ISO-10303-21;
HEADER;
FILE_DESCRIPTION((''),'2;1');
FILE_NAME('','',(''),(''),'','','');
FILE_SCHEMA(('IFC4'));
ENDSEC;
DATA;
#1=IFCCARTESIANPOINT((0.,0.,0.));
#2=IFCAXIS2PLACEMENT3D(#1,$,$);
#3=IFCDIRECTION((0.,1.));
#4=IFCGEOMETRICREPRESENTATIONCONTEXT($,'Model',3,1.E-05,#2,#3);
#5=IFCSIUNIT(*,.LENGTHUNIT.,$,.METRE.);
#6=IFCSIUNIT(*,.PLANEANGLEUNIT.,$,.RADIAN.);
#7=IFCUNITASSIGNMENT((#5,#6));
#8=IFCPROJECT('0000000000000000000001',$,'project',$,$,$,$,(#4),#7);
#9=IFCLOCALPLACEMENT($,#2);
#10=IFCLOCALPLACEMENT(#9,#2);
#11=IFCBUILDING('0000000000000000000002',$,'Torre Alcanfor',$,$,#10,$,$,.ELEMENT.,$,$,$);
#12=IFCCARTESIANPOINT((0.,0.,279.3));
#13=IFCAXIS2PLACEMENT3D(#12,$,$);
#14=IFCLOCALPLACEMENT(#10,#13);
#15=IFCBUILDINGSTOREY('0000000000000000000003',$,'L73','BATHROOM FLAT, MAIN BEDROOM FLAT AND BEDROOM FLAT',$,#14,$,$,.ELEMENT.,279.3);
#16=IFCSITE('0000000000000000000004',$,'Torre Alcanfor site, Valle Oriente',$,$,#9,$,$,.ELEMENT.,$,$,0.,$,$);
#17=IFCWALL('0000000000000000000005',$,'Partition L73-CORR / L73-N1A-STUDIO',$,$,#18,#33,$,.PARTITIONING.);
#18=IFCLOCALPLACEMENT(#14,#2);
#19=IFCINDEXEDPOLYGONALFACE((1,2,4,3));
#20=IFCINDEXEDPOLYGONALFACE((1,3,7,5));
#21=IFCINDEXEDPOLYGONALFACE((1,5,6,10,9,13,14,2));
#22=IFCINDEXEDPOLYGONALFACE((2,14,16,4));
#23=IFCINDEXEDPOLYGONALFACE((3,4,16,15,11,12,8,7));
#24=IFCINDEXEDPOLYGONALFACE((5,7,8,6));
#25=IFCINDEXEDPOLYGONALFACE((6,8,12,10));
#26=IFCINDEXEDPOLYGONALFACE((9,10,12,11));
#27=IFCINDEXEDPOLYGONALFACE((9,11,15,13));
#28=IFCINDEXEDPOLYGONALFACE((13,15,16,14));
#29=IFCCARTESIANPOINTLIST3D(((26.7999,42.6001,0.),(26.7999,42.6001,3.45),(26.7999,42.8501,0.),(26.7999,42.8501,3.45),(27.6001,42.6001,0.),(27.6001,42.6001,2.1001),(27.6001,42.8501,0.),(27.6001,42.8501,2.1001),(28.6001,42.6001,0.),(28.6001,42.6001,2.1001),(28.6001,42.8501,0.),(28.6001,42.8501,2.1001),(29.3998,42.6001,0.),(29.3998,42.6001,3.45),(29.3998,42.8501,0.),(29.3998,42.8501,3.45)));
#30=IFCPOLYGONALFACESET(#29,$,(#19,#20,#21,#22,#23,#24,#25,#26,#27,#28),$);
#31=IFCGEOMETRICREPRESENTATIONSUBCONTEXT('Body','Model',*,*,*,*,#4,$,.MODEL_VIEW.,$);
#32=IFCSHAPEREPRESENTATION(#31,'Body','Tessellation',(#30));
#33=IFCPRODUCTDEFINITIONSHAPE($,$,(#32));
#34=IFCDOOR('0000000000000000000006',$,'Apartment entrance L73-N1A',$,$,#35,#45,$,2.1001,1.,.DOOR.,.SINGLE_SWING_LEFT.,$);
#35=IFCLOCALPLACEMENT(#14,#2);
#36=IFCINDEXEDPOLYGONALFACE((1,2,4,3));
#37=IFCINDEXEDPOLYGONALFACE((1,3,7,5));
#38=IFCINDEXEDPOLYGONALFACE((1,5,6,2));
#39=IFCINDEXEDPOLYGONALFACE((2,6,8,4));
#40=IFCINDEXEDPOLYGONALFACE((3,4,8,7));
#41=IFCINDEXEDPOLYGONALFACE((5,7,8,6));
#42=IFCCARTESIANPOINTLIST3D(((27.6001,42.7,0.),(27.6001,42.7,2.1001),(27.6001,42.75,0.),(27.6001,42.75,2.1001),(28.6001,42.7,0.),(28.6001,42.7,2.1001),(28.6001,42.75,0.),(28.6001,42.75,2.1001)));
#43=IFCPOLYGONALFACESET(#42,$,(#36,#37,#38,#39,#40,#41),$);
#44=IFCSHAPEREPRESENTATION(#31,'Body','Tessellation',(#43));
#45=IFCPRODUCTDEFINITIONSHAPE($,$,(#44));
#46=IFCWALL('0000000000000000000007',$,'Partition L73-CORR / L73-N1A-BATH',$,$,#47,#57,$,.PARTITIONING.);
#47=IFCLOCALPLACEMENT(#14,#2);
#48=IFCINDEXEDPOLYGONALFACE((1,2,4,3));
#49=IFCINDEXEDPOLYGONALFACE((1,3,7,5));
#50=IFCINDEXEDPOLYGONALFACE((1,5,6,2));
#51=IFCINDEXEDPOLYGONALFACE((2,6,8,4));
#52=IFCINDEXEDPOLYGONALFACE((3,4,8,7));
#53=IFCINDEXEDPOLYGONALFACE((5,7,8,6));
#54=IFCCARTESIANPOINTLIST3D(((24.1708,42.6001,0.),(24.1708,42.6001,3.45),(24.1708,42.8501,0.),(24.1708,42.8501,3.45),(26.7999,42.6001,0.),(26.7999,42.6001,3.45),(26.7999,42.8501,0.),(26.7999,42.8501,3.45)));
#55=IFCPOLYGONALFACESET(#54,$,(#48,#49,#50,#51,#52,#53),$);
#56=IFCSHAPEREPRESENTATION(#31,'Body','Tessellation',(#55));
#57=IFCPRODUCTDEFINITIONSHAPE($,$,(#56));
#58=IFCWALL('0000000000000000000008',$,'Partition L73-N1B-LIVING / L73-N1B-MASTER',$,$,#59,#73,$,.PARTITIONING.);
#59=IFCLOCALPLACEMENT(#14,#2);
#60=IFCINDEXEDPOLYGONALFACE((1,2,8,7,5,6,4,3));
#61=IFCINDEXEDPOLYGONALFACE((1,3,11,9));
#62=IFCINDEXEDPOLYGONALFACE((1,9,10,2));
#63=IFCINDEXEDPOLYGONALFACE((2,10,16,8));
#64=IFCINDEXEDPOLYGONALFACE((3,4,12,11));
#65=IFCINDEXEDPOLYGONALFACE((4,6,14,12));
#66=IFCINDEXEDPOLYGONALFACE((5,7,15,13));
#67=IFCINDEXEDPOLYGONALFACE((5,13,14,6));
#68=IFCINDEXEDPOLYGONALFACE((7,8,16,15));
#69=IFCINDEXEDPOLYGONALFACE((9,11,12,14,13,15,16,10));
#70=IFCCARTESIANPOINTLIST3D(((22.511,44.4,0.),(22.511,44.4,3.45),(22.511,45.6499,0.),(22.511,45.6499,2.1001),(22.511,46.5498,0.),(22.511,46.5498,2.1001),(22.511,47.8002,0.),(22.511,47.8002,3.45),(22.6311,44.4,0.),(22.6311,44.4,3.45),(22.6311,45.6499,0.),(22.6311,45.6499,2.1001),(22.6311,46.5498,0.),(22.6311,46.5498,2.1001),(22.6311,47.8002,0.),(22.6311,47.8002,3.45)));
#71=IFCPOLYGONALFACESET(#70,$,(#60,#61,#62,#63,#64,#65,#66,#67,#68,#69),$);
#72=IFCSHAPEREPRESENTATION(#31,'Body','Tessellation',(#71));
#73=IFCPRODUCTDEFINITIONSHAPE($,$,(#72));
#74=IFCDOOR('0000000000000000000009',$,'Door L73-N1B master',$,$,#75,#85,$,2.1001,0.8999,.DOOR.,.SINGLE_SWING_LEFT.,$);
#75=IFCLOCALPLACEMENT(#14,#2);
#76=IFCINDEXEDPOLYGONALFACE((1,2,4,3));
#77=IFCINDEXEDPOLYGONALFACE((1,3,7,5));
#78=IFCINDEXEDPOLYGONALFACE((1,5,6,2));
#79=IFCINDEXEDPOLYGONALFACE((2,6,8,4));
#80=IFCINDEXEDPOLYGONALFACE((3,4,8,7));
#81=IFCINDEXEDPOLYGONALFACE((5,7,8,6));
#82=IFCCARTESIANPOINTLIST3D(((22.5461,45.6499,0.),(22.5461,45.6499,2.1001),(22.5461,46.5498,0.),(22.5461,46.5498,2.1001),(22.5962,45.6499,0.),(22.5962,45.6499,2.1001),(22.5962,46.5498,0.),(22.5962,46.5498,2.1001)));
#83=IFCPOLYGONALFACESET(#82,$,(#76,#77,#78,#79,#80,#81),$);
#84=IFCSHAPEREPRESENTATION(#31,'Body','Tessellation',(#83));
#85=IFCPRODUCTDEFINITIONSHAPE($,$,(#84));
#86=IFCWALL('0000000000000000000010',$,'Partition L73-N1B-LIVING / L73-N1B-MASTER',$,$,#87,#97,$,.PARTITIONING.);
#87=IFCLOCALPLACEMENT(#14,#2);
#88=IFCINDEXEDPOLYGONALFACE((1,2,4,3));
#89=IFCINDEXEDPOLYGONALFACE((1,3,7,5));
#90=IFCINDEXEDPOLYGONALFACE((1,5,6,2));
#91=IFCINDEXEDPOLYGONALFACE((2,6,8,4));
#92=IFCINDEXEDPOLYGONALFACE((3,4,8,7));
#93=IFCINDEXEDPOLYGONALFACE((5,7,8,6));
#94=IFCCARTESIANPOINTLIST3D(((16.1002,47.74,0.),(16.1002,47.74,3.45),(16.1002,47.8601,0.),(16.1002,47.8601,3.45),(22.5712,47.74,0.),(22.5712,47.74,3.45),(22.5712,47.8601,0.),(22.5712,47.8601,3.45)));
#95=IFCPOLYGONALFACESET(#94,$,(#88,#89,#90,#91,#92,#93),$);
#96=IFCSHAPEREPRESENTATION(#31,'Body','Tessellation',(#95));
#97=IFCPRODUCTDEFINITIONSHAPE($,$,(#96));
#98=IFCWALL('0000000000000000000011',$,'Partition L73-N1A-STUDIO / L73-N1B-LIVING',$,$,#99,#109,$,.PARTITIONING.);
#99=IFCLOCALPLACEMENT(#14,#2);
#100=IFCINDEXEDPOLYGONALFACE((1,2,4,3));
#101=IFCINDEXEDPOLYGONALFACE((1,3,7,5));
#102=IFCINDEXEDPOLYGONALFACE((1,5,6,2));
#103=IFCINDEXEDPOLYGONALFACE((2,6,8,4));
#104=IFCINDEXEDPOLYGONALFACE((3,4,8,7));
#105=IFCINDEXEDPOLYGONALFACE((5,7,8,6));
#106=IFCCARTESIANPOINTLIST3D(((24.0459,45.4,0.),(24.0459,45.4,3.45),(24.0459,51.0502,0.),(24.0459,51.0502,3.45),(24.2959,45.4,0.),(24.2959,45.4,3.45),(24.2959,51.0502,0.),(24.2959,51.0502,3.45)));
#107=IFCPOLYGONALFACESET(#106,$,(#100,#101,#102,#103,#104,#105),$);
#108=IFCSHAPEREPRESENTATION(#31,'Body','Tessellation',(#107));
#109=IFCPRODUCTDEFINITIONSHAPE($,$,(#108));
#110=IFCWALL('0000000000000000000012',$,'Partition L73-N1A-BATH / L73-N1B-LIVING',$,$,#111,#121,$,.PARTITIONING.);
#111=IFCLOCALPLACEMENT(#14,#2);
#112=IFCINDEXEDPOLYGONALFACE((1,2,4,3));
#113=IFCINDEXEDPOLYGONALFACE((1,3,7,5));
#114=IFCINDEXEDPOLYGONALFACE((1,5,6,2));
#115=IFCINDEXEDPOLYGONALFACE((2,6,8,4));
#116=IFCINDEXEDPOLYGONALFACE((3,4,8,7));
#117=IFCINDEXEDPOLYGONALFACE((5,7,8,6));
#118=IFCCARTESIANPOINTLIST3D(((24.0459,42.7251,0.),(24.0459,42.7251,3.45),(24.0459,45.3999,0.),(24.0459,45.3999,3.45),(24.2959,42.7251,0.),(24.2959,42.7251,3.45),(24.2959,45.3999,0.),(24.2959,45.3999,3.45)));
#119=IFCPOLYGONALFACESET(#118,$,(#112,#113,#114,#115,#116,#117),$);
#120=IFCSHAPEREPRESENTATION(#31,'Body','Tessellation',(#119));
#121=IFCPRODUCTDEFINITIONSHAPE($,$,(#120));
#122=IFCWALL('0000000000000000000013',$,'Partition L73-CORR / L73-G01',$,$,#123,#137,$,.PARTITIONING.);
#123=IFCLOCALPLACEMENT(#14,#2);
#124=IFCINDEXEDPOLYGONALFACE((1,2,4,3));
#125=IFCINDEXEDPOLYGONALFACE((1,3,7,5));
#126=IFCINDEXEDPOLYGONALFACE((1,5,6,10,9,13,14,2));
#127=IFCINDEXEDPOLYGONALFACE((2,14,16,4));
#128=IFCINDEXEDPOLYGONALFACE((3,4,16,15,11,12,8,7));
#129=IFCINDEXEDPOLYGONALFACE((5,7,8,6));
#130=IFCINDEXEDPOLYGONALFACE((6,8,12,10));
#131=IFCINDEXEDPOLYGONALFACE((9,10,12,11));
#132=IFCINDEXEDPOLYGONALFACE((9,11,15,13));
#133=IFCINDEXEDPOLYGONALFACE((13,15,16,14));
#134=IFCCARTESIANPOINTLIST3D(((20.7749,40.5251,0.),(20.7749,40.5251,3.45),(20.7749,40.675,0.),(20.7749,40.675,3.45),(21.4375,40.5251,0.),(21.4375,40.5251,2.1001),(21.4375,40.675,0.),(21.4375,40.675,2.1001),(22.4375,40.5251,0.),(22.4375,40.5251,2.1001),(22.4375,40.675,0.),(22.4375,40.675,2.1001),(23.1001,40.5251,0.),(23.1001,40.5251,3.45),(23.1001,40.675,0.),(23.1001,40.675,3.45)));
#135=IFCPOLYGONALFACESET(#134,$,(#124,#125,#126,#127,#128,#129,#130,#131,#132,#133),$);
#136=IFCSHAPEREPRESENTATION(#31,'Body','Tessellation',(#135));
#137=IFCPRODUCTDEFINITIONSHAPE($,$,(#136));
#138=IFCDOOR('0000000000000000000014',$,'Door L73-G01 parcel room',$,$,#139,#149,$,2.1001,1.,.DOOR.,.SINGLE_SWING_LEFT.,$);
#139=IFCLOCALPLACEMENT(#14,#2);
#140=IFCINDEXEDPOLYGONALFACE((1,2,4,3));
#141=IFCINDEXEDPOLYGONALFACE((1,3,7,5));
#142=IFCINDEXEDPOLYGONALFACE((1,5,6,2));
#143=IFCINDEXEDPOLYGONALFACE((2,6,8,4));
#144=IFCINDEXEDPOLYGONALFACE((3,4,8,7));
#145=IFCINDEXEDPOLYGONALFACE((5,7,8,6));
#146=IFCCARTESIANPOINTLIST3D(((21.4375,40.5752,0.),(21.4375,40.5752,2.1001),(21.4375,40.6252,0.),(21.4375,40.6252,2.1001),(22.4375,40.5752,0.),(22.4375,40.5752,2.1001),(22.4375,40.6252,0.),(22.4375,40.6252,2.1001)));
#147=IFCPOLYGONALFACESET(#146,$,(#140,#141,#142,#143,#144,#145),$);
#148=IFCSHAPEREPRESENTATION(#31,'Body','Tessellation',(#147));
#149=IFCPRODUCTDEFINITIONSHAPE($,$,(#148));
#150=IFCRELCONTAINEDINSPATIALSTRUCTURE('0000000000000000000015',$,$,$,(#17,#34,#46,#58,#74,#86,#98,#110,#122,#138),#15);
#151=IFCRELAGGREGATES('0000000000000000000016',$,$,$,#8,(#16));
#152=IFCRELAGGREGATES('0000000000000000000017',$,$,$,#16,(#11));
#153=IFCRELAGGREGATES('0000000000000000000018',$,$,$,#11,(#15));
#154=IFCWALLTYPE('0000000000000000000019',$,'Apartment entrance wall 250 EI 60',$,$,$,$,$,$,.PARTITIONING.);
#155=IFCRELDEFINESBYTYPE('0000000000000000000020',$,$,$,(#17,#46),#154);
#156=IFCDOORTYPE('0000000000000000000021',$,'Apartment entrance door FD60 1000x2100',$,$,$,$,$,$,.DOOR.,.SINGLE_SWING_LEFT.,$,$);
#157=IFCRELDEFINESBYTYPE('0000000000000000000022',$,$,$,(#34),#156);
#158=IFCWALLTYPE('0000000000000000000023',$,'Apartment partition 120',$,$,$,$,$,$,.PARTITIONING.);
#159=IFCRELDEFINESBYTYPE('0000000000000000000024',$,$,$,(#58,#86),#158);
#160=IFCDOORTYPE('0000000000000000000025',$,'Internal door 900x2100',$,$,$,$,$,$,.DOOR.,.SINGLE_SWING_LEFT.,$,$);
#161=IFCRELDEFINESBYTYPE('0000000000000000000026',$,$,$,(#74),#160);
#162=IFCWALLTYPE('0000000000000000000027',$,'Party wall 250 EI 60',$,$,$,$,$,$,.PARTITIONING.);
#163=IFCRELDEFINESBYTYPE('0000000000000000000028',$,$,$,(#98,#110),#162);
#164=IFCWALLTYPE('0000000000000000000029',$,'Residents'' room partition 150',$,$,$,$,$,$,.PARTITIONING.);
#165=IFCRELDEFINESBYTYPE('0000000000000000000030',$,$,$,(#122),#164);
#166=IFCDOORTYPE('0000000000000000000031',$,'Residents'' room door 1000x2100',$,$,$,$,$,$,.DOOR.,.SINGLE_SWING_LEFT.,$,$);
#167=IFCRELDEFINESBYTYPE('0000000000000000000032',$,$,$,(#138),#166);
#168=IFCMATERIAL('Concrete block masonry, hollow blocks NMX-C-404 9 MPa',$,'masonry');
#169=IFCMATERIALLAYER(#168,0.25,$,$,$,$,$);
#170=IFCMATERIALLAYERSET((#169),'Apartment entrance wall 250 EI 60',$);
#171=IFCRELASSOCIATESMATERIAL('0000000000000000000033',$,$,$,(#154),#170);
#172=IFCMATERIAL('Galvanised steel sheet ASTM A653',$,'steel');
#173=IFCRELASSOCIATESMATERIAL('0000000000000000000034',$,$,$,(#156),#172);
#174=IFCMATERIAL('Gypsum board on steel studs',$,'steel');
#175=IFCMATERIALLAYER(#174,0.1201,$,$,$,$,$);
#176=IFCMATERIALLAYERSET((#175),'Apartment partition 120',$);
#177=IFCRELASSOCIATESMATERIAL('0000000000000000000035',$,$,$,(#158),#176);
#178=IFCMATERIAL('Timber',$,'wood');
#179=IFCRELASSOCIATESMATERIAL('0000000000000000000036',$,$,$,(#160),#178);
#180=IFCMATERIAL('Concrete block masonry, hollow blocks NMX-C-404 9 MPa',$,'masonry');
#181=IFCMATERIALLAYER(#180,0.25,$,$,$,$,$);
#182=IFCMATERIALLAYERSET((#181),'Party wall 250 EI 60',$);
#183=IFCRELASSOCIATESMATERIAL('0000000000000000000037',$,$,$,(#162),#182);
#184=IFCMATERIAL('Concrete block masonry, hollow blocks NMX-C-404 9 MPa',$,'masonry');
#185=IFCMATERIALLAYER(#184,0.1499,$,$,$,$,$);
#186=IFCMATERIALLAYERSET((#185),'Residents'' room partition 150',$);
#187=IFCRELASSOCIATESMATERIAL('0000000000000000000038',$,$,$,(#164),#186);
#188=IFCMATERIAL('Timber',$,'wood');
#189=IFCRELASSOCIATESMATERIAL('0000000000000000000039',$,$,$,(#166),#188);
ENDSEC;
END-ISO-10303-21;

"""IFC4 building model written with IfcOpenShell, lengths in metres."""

from ifc_helpers import new_model, si_unit, direction, frame, frame_2d, origin, place, context, subcontext, project, spatial, rectangle, extrude, material, layer, layer_set, type_object, element, fill, save


model = new_model("IFC4")

# Units and contexts
model_context = context("Model", 3, precision=1e-05, world=origin(), true_north=direction((0.0, 1.0)))
body_context = subcontext(model_context, "Body", "Model", "MODEL_VIEW")
ifc_project = project(units=[si_unit("LENGTHUNIT", "METRE"), si_unit("PLANEANGLEUNIT", "RADIAN")], contexts=[model_context])

# Site, building, storey
site_placement = place(None, origin())
site = spatial("IfcSite", under=ifc_project, at=site_placement, Name="Torre Alcanfor site, Valle Oriente", CompositionType="ELEMENT", RefElevation=0.0)
building_placement = place(site_placement, origin())
building = spatial("IfcBuilding", under=site, at=building_placement, Name="Torre Alcanfor", CompositionType="ELEMENT")
storey_placement = place(building_placement, frame((0.0, 0.0, 279.3)))
storey = spatial("IfcBuildingStorey", under=building, at=storey_placement, Name="L73", Description="BATHROOM FLAT, MAIN BEDROOM FLAT AND BEDROOM FLAT", CompositionType="ELEMENT", Elevation=279.3)

# Wall, opening, door
ifc_material_1 = material(Name="Concrete block masonry, hollow blocks NMX-C-404 9 MPa", Category="masonry")
ifc_layer_1 = layer(ifc_material_1, 0.25)
ifc_layer_set_1 = layer_set([ifc_layer_1], Name="Apartment entrance wall 250 EI 60")
wall_type_1 = type_object("IfcWallType", Name="Apartment entrance wall 250 EI 60", PredefinedType="PARTITIONING", material=ifc_layer_set_1)
wall_1_placement = place(storey_placement, frame((26.8, 42.7251, 0.0), z_axis=(0.0, 0.0, 1.0), x_axis=(1.0, 0.0, 0.0)))
wall_1 = element("IfcWall", 1, at=wall_1_placement, inside=storey, type_object=wall_type_1, Name="Partition L73-CORR / L73-N1A-STUDIO", PredefinedType="PARTITIONING", context=body_context, shape_type="SweptSolid", body=[
    extrude(rectangle(XDim=2.5999, YDim=0.25, at=frame_2d((1.2998, 0.0))), origin(), (0.0, 0.0, 1.0), 3.45),
])
opening_1_placement = place(wall_1_placement, frame((0.8, 0.0, 0.0)))
opening_1 = element("IfcOpeningElement", 2, at=opening_1_placement, cuts=wall_1, PredefinedType="OPENING", context=body_context, shape_type="SweptSolid", body=[
    extrude(rectangle(XDim=1.0, YDim=2.1001, at=frame_2d((0.5, 1.05))), frame((0.0, 0.135, 0.0), z_axis=(0.0, -1.0, 0.0), x_axis=(1.0, 0.0, 0.0)), (0.0, 0.0, 1.0), 0.27),
])
ifc_material_2 = material(Name="Galvanised steel sheet ASTM A653", Category="steel")
door_type_1 = type_object("IfcDoorType", Name="Apartment entrance door FD60 1000x2100", OperationType="SINGLE_SWING_LEFT", PredefinedType="DOOR", material=ifc_material_2)
door_1_placement = place(opening_1_placement, origin())
door_1 = element("IfcDoor", 3, at=door_1_placement, inside=storey, type_object=door_type_1, Name="Apartment entrance L73-N1A", OperationType="SINGLE_SWING_LEFT", OverallHeight=2.1001, OverallWidth=1.0, PredefinedType="DOOR", context=body_context, shape_type="SweptSolid", body=[
    extrude(rectangle(XDim=1.0, YDim=2.1001, at=frame_2d((0.5, 1.05))), frame((0.0, 0.0249, 0.0), z_axis=(0.0, -1.0, 0.0), x_axis=(1.0, 0.0, 0.0)), (0.0, 0.0, 1.0), 0.05),
])
fill(opening_1, door_1)

# Wall
wall_2_placement = place(storey_placement, frame((24.1709, 42.7251, 0.0), z_axis=(0.0, 0.0, 1.0), x_axis=(1.0, 0.0, 0.0)))
element("IfcWall", 4, at=wall_2_placement, inside=storey, type_object=wall_type_1, Name="Partition L73-CORR / L73-N1A-BATH", PredefinedType="PARTITIONING", context=body_context, shape_type="SweptSolid", body=[
    extrude(rectangle(XDim=2.6292, YDim=0.25, at=frame_2d((1.3145, 0.0))), origin(), (0.0, 0.0, 1.0), 3.45),
])

# Wall, opening, door
ifc_material_3 = material(Name="Gypsum board on steel studs", Category="steel")
ifc_layer_2 = layer(ifc_material_3, 0.1201)
ifc_layer_set_2 = layer_set([ifc_layer_2], Name="Apartment partition 120")
wall_type_2 = type_object("IfcWallType", Name="Apartment partition 120", PredefinedType="PARTITIONING", material=ifc_layer_set_2)
wall_3_placement = place(storey_placement, frame((22.571, 44.3999, 0.0), z_axis=(0.0, 0.0, 1.0), x_axis=(0.0, 1.0, 0.0)))
wall_3 = element("IfcWall", 5, at=wall_3_placement, inside=storey, type_object=wall_type_2, Name="Partition L73-N1B-LIVING / L73-N1B-MASTER", PredefinedType="PARTITIONING", context=body_context, shape_type="SweptSolid", body=[
    extrude(rectangle(XDim=3.4001, YDim=0.1201, at=frame_2d((1.7002, 0.0))), origin(), (0.0, 0.0, 1.0), 3.45),
])
opening_2_placement = place(wall_3_placement, frame((1.25, 0.0, 0.0)))
opening_2 = element("IfcOpeningElement", 6, at=opening_2_placement, cuts=wall_3, PredefinedType="OPENING", context=body_context, shape_type="SweptSolid", body=[
    extrude(rectangle(XDim=0.8999, YDim=2.1001, at=frame_2d((0.45, 1.05))), frame((0.0, 0.0701, 0.0), z_axis=(0.0, -1.0, 0.0), x_axis=(1.0, 0.0, 0.0)), (0.0, 0.0, 1.0), 0.1401),
])
ifc_material_4 = material(Name="Timber", Category="wood")
door_type_2 = type_object("IfcDoorType", Name="Internal door 900x2100", OperationType="SINGLE_SWING_LEFT", PredefinedType="DOOR", material=ifc_material_4)
door_2_placement = place(opening_2_placement, origin())
door_2 = element("IfcDoor", 7, at=door_2_placement, inside=storey, type_object=door_type_2, Name="Door L73-N1B master", OperationType="SINGLE_SWING_LEFT", OverallHeight=2.1001, OverallWidth=0.8999, PredefinedType="DOOR", context=body_context, shape_type="SweptSolid", body=[
    extrude(rectangle(XDim=0.8999, YDim=2.1001, at=frame_2d((0.45, 1.05))), frame((0.0, 0.0249, 0.0), z_axis=(0.0, -1.0, 0.0), x_axis=(1.0, 0.0, 0.0)), (0.0, 0.0, 1.0), 0.05),
])
fill(opening_2, door_2)

# Walls
wall_4_placement = place(storey_placement, frame((22.571, 47.8, 0.0), z_axis=(0.0, 0.0, 1.0), x_axis=(-1.0, 0.0, 0.0)))
element("IfcWall", 8, at=wall_4_placement, inside=storey, type_object=wall_type_2, Name="Partition L73-N1B-LIVING / L73-N1B-MASTER", PredefinedType="PARTITIONING", context=body_context, shape_type="SweptSolid", body=[
    extrude(rectangle(XDim=6.4709, YDim=0.1201, at=frame_2d((3.2354, 0.0))), origin(), (0.0, 0.0, 1.0), 3.45),
])
ifc_material_5 = material(Name="Concrete block masonry, hollow blocks NMX-C-404 9 MPa", Category="masonry")
ifc_layer_3 = layer(ifc_material_5, 0.25)
ifc_layer_set_3 = layer_set([ifc_layer_3], Name="Party wall 250 EI 60")
wall_type_3 = type_object("IfcWallType", Name="Party wall 250 EI 60", PredefinedType="PARTITIONING", material=ifc_layer_set_3)
wall_5_placement = place(storey_placement, frame((24.1709, 45.3999, 0.0), z_axis=(0.0, 0.0, 1.0), x_axis=(0.0, 1.0, 0.0)))
element("IfcWall", 9, at=wall_5_placement, inside=storey, type_object=wall_type_3, Name="Partition L73-N1A-STUDIO / L73-N1B-LIVING", PredefinedType="PARTITIONING", context=body_context, shape_type="SweptSolid", body=[
    extrude(rectangle(XDim=5.6501, YDim=0.25, at=frame_2d((2.8252, 0.0))), origin(), (0.0, 0.0, 1.0), 3.45),
])
wall_6_placement = place(storey_placement, frame((24.1709, 45.3999, 0.0), z_axis=(0.0, 0.0, 1.0), x_axis=(0.0, -1.0, 0.0)))
element("IfcWall", 10, at=wall_6_placement, inside=storey, type_object=wall_type_3, Name="Partition L73-N1A-BATH / L73-N1B-LIVING", PredefinedType="PARTITIONING", context=body_context, shape_type="SweptSolid", body=[
    extrude(rectangle(XDim=2.6748, YDim=0.25, at=frame_2d((1.3374, 0.0))), origin(), (0.0, 0.0, 1.0), 3.45),
])

# Wall, opening, door
ifc_material_6 = material(Name="Concrete block masonry, hollow blocks NMX-C-404 9 MPa", Category="masonry")
ifc_layer_4 = layer(ifc_material_6, 0.1499)
ifc_layer_set_4 = layer_set([ifc_layer_4], Name="Residents' room partition 150")
wall_type_4 = type_object("IfcWallType", Name="Residents' room partition 150", PredefinedType="PARTITIONING", material=ifc_layer_set_4)
wall_7_placement = place(storey_placement, frame((23.1001, 40.6001, 0.0), z_axis=(0.0, 0.0, 1.0), x_axis=(-1.0, 0.0, 0.0)))
wall_7 = element("IfcWall", 11, at=wall_7_placement, inside=storey, type_object=wall_type_4, Name="Partition L73-CORR / L73-G01", PredefinedType="PARTITIONING", context=body_context, shape_type="SweptSolid", body=[
    extrude(rectangle(XDim=2.3252, YDim=0.1499, at=frame_2d((1.1626, 0.0))), origin(), (0.0, 0.0, 1.0), 3.45),
])
opening_3_placement = place(wall_7_placement, frame((0.6626, 0.0, 0.0)))
opening_3 = element("IfcOpeningElement", 12, at=opening_3_placement, cuts=wall_7, PredefinedType="OPENING", context=body_context, shape_type="SweptSolid", body=[
    extrude(rectangle(XDim=1.0, YDim=2.1001, at=frame_2d((0.5, 1.05))), frame((0.0, 0.085, 0.0), z_axis=(0.0, -1.0, 0.0), x_axis=(1.0, 0.0, 0.0)), (0.0, 0.0, 1.0), 0.1699),
])
ifc_material_7 = material(Name="Timber", Category="wood")
door_type_3 = type_object("IfcDoorType", Name="Residents' room door 1000x2100", OperationType="SINGLE_SWING_LEFT", PredefinedType="DOOR", material=ifc_material_7)
door_3_placement = place(opening_3_placement, origin())
door_3 = element("IfcDoor", 13, at=door_3_placement, inside=storey, type_object=door_type_3, Name="Door L73-G01 parcel room", OperationType="SINGLE_SWING_LEFT", OverallHeight=2.1001, OverallWidth=1.0, PredefinedType="DOOR", context=body_context, shape_type="SweptSolid", body=[
    extrude(rectangle(XDim=1.0, YDim=2.1001, at=frame_2d((0.5, 1.05))), frame((0.0, 0.0249, 0.0), z_axis=(0.0, -1.0, 0.0), x_axis=(1.0, 0.0, 0.0)), (0.0, 0.0, 1.0), 0.05),
])
fill(opening_3, door_3)

save(model, "model.ifc")
